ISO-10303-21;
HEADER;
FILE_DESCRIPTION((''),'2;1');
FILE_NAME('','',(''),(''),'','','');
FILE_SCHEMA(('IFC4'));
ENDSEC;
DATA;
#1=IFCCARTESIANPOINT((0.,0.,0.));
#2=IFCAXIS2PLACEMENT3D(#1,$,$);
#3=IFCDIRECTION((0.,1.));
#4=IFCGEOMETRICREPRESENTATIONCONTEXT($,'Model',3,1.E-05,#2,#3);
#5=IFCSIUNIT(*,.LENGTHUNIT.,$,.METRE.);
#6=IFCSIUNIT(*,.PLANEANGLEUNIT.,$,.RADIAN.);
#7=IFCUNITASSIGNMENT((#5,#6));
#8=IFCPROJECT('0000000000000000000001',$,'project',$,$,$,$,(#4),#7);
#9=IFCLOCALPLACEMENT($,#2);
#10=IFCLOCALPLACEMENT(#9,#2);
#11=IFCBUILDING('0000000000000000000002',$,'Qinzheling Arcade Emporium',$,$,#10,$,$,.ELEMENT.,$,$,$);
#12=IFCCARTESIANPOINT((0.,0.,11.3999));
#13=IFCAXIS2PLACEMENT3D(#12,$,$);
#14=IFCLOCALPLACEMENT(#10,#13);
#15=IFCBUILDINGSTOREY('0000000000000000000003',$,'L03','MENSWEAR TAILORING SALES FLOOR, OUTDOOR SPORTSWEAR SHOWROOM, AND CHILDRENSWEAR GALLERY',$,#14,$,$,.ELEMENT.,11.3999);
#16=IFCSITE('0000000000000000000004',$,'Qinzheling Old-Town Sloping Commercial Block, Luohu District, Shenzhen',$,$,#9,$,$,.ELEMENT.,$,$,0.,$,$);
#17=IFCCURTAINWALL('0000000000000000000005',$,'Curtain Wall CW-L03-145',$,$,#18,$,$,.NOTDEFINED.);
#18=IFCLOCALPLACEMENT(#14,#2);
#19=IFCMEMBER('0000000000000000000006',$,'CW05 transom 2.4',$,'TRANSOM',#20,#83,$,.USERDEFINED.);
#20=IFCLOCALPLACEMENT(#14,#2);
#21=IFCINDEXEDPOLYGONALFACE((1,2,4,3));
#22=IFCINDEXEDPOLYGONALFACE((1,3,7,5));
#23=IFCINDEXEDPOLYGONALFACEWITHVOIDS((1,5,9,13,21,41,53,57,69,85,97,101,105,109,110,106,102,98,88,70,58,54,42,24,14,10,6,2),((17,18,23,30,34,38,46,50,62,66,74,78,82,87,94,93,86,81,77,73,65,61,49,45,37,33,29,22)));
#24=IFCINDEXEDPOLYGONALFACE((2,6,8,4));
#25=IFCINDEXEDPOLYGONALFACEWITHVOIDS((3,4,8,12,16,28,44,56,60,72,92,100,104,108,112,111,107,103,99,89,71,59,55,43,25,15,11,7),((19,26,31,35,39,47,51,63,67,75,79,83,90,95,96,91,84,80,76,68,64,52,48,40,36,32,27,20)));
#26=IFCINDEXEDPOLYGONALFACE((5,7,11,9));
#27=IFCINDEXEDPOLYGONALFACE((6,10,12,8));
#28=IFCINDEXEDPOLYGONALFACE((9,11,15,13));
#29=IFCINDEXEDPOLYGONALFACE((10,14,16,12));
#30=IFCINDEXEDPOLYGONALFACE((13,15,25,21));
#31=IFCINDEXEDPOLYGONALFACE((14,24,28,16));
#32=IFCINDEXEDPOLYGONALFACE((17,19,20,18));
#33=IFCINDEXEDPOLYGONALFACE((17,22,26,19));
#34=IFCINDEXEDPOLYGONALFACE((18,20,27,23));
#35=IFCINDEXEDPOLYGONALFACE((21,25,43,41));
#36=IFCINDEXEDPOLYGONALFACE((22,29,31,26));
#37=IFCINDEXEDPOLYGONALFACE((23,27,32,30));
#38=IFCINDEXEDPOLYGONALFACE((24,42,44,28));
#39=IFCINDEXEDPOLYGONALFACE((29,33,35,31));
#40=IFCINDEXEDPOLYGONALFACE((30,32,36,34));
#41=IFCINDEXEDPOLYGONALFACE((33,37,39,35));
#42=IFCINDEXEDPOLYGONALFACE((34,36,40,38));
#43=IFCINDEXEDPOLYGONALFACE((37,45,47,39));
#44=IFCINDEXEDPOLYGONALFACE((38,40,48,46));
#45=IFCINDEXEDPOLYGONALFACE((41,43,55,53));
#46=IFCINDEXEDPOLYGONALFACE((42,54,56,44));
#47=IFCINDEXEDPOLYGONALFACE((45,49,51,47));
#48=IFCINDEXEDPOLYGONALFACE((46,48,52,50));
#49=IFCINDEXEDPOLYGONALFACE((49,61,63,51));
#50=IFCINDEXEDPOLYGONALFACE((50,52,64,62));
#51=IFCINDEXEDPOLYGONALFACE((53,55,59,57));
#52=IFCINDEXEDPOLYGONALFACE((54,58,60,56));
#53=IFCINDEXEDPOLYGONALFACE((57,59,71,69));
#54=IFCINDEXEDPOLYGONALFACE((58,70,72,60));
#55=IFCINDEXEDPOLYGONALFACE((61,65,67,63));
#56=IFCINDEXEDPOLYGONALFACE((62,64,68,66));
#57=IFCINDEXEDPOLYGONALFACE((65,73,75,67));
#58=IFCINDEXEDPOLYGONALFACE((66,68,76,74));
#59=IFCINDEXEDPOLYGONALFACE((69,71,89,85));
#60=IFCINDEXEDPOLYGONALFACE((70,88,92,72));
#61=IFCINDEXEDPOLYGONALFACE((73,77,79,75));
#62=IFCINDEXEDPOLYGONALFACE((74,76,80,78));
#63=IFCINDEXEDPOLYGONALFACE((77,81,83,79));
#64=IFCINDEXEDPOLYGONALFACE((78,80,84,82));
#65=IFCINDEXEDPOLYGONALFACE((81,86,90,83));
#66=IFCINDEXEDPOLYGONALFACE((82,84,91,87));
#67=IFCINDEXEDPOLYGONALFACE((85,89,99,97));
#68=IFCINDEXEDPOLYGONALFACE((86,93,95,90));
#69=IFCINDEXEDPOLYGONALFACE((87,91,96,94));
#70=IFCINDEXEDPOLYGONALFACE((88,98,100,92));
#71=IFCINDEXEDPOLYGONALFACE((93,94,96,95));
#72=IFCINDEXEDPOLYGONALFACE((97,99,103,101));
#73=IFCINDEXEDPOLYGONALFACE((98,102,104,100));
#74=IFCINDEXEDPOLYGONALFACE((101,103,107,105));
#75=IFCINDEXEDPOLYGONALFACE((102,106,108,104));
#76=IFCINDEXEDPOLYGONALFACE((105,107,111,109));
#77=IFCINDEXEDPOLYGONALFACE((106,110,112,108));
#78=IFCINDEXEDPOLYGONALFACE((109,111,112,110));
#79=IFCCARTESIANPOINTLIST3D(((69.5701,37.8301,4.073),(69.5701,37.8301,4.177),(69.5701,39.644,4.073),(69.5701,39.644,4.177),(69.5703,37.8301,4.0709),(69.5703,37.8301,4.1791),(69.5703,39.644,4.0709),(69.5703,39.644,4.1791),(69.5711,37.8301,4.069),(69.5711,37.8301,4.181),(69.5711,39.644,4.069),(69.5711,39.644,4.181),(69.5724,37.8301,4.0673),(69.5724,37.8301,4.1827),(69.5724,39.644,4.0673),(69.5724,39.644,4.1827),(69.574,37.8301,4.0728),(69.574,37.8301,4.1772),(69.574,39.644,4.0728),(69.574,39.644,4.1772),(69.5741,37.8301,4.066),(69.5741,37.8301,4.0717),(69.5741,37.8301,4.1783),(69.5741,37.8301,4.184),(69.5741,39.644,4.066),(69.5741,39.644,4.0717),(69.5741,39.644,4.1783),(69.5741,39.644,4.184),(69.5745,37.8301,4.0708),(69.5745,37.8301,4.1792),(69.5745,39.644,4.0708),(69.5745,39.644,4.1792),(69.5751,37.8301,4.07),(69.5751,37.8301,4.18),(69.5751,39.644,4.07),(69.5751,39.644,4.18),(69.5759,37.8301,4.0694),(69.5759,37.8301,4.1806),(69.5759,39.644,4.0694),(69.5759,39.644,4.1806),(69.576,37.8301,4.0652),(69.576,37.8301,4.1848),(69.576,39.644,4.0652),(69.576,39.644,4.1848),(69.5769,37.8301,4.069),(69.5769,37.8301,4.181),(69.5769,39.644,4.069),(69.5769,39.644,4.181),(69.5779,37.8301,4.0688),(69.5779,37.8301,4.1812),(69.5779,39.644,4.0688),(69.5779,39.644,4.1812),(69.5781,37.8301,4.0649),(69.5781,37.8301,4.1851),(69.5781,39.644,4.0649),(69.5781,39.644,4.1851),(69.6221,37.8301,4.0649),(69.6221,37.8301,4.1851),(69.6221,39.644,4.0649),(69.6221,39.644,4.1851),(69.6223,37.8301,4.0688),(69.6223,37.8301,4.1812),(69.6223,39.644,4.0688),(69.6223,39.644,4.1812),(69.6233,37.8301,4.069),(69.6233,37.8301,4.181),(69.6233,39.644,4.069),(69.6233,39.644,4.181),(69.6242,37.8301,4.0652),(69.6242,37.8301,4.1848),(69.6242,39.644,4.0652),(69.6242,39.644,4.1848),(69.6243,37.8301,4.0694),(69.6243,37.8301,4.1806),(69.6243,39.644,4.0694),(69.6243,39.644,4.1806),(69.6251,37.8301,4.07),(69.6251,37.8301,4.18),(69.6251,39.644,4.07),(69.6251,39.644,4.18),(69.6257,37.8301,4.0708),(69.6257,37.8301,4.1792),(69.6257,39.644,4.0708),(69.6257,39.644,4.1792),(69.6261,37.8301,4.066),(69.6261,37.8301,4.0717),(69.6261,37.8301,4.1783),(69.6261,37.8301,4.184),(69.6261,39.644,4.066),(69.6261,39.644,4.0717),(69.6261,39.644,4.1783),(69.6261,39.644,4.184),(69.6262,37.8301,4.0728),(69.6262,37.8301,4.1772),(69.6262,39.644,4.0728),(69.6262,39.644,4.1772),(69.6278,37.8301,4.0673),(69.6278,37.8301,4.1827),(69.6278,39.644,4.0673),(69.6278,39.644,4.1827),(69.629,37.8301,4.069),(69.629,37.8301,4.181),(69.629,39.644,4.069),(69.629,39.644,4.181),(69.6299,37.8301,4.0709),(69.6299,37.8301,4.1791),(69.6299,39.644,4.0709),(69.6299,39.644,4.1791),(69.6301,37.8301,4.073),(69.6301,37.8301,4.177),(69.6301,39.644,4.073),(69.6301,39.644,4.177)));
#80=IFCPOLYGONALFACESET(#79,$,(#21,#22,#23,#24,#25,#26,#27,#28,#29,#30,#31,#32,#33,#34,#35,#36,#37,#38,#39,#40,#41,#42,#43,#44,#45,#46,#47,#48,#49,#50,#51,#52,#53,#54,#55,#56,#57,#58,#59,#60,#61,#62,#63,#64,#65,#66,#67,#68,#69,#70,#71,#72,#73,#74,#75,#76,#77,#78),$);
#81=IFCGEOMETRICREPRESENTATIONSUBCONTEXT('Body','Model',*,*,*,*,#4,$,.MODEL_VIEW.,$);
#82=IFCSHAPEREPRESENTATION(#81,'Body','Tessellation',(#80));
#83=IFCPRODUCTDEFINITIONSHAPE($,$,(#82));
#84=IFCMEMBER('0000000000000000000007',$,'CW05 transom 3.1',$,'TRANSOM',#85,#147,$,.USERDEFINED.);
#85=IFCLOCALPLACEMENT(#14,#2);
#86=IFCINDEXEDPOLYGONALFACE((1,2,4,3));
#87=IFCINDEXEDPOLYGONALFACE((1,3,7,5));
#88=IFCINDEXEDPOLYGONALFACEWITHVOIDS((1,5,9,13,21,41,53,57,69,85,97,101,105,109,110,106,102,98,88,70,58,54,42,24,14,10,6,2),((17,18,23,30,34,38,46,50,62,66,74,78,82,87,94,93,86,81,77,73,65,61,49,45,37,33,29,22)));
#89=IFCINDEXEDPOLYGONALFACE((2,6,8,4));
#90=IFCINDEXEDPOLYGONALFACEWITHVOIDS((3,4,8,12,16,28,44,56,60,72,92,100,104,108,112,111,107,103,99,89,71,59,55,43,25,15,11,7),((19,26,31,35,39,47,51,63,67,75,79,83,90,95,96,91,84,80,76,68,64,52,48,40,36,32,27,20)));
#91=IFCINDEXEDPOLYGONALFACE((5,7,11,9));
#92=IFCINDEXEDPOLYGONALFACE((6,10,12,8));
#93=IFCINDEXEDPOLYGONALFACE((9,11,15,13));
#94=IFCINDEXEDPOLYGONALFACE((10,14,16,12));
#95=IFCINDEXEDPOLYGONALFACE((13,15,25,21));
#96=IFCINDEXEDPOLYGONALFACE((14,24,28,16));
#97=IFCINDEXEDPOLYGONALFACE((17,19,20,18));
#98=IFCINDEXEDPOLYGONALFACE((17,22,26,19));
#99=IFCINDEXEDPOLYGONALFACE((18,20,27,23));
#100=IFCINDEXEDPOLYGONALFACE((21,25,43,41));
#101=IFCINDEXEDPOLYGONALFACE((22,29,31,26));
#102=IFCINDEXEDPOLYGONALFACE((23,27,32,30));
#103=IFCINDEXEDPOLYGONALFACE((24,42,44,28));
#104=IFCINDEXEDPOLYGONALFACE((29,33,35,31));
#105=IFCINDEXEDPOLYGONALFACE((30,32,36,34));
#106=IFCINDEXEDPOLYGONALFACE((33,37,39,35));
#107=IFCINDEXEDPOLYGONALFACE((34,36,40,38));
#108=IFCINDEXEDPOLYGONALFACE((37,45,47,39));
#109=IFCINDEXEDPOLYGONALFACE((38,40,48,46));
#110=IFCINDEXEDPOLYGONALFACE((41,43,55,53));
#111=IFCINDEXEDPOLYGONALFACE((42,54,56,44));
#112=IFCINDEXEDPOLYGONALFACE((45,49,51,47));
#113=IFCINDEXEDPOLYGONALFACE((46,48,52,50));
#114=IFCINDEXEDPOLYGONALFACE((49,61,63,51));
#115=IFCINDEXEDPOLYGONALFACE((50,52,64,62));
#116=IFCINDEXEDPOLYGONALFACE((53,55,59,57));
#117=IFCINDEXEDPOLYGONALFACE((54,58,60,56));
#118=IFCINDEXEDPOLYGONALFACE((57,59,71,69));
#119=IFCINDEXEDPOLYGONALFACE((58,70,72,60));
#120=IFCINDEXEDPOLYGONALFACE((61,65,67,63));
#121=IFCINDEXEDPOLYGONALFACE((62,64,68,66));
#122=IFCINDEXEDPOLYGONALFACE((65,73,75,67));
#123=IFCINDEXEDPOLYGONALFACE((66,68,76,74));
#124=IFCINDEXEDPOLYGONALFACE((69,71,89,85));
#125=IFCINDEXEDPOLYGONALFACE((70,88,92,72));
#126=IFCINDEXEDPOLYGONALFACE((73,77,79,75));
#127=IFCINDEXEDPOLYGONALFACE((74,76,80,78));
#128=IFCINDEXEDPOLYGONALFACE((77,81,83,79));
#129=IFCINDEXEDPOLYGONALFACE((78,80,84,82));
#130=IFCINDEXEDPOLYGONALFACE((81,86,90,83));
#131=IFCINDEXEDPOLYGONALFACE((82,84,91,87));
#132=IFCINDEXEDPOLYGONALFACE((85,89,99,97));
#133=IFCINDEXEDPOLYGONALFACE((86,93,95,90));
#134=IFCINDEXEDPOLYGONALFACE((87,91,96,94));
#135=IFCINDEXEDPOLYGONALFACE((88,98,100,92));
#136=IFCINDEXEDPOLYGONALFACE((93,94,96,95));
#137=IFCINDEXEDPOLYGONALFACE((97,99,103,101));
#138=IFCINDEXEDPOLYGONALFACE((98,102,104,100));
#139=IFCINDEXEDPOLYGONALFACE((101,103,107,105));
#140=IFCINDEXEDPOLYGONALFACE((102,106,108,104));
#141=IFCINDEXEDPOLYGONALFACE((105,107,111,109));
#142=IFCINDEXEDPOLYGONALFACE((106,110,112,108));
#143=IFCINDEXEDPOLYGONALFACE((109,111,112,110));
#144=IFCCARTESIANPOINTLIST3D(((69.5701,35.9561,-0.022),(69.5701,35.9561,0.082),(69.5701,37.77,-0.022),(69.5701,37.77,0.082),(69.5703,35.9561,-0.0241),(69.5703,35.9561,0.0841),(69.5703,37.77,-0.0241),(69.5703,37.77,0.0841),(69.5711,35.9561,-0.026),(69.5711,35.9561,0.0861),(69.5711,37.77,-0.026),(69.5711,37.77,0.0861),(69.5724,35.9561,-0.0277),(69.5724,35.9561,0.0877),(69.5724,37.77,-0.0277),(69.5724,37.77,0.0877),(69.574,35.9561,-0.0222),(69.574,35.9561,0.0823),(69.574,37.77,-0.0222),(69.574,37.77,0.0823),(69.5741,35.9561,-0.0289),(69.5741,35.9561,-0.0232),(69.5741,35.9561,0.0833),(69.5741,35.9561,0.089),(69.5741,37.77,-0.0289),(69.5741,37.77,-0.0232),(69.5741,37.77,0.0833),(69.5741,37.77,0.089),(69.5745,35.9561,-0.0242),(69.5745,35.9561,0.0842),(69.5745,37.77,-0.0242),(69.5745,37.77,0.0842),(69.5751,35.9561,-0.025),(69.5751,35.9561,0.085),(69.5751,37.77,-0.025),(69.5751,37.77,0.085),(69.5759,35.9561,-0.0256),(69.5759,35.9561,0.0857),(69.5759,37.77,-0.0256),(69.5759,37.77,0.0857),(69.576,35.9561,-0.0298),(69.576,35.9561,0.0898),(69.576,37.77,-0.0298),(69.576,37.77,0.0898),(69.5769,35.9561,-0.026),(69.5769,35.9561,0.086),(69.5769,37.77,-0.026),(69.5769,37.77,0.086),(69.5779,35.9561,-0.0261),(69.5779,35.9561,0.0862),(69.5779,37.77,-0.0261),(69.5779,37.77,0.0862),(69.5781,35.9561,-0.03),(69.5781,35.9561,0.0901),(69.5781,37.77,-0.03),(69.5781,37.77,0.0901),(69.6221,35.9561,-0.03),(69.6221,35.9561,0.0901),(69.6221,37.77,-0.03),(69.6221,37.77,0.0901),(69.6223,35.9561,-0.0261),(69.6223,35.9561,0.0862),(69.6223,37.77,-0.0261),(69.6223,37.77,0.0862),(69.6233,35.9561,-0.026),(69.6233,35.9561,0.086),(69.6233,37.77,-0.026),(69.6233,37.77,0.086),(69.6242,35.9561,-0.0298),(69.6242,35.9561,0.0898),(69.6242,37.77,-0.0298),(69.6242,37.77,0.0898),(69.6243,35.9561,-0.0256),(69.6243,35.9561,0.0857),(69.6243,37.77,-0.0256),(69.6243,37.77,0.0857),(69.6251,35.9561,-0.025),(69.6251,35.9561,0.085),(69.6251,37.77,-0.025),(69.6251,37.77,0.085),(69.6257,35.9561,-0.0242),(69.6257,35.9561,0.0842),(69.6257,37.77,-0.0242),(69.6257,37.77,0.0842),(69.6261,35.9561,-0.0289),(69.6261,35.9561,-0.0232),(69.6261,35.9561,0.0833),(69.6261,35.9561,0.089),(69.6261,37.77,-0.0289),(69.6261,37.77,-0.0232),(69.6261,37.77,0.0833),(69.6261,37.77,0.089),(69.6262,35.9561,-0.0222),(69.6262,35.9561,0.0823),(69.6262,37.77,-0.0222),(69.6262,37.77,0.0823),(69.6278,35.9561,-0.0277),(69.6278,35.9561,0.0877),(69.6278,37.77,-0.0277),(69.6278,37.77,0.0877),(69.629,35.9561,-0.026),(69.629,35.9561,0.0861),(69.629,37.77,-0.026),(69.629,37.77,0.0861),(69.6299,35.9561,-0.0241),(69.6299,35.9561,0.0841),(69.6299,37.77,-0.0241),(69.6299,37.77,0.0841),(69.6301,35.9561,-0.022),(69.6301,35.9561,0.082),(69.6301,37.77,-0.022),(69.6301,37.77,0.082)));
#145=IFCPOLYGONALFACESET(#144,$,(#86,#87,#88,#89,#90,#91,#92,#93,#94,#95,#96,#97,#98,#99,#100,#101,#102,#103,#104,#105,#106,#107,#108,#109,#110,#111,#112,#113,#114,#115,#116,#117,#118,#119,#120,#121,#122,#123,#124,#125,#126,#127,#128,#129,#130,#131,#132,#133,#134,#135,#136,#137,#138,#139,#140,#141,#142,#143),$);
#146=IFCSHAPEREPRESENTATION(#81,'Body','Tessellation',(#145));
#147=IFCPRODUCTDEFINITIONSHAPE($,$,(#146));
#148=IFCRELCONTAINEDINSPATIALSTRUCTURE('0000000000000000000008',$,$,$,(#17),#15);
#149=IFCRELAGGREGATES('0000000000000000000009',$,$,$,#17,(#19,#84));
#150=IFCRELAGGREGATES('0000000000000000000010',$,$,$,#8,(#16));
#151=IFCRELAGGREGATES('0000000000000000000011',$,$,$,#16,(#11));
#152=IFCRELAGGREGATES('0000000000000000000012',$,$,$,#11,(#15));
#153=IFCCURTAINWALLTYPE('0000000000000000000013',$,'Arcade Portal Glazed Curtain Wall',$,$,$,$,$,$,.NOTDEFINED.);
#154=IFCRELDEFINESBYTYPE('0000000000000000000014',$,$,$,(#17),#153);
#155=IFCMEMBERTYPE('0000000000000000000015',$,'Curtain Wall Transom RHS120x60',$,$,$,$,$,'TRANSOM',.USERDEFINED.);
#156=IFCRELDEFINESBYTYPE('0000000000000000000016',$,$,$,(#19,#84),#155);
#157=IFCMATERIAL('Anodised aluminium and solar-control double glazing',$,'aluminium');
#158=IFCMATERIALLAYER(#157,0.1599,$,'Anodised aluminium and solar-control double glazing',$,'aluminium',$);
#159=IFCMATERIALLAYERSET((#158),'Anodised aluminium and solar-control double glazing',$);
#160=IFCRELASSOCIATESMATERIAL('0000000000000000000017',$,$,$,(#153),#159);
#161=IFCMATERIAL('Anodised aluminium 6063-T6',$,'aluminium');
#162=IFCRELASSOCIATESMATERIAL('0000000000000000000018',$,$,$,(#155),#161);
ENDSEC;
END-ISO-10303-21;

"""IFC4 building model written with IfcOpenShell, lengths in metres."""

from ifc_helpers import new_model, si_unit, direction, frame, origin, origin_2d, place, context, subcontext, project, spatial, hollow_rectangle, extrude, material, layer, layer_set, material_profile, profile_set, type_object, element, aggregate, save


model = new_model("IFC4")

# Units and contexts
model_context = context("Model", 3, precision=1e-05, world=origin(), true_north=direction((0.0, 1.0)))
body_context = subcontext(model_context, "Body", "Model", "MODEL_VIEW")
ifc_project = project(units=[si_unit("LENGTHUNIT", "METRE"), si_unit("PLANEANGLEUNIT", "RADIAN")], contexts=[model_context])

# Site, building, storey
site_placement = place(None, origin())
site = spatial("IfcSite", under=ifc_project, at=site_placement, Name="Qinzheling Old-Town Sloping Commercial Block, Luohu District, Shenzhen", CompositionType="ELEMENT", RefElevation=0.0)
building_placement = place(site_placement, origin())
building = spatial("IfcBuilding", under=site, at=building_placement, Name="Qinzheling Arcade Emporium", CompositionType="ELEMENT")
storey_placement = place(building_placement, frame((0.0, 0.0, 11.3999)))
storey = spatial("IfcBuildingStorey", under=building, at=storey_placement, Name="L03", Description="MENSWEAR TAILORING SALES FLOOR, OUTDOOR SPORTSWEAR SHOWROOM, AND CHILDRENSWEAR GALLERY", CompositionType="ELEMENT", Elevation=11.3999)

# Shared definitions
ifc_material_1 = material(Name="Anodised aluminium and solar-control double glazing", Category="aluminium")
ifc_material_2 = material(Name="Anodised aluminium 6063-T6", Category="aluminium")

# Curtain wall, members
ifc_layer_1 = layer(ifc_material_1, 0.1599, Name="Anodised aluminium and solar-control double glazing", Category="aluminium")
ifc_layer_set_1 = layer_set([ifc_layer_1], Name="Anodised aluminium and solar-control double glazing")
curtain_wall_type_1 = type_object("IfcCurtainWallType", Name="Arcade Portal Glazed Curtain Wall", PredefinedType="NOTDEFINED", material=ifc_layer_set_1)
curtain_wall_1_placement = place(storey_placement, origin())
curtain_wall_1 = element("IfcCurtainWall", 1, at=curtain_wall_1_placement, inside=storey, type_object=curtain_wall_type_1, Name="Curtain Wall CW-L03-145", PredefinedType="NOTDEFINED")
ifc_material_profile_1 = material_profile(ifc_material_2, hollow_rectangle(XDim=0.0601, YDim=0.1201, WallThickness=0.0039, InnerFilletRadius=0.0039, OuterFilletRadius=0.0081, at=origin_2d()), Name="RHS 120x60x4", Category="aluminium")
ifc_profile_set_1 = profile_set([ifc_material_profile_1], Name="Anodised aluminium 6063-T6")
member_type_1 = type_object("IfcMemberType", Name="Curtain Wall Transom RHS120x60", ElementType="TRANSOM", PredefinedType="USERDEFINED", material=ifc_profile_set_1)
member_1_placement = place(storey_placement, frame((69.6001, 39.644, 4.125), z_axis=(0.0, -1.0, 0.0), x_axis=(1.0, 0.0, 0.0)))
member_1 = element("IfcMember", 2, at=member_1_placement, type_object=member_type_1, Name="CW05 transom 2.4", ObjectType="TRANSOM", PredefinedType="USERDEFINED", context=body_context, shape_type="SweptSolid", body=[
    extrude(hollow_rectangle(XDim=0.0601, YDim=0.1201, WallThickness=0.0039, InnerFilletRadius=0.0039, OuterFilletRadius=0.0081, at=origin_2d()), origin(), (0.0, 0.0, 1.0), 1.814),
])
member_2_placement = place(storey_placement, frame((69.6001, 37.77, 0.03), z_axis=(0.0, -1.0, 0.0), x_axis=(1.0, 0.0, 0.0)))
member_2 = element("IfcMember", 3, at=member_2_placement, type_object=member_type_1, Name="CW05 transom 3.1", ObjectType="TRANSOM", PredefinedType="USERDEFINED", context=body_context, shape_type="SweptSolid", body=[
    extrude(hollow_rectangle(XDim=0.0601, YDim=0.1201, WallThickness=0.0039, InnerFilletRadius=0.0039, OuterFilletRadius=0.0081, at=origin_2d()), origin(), (0.0, 0.0, 1.0), 1.814),
])

aggregate(curtain_wall_1, [member_1, member_2])

save(model, "model.ifc")
